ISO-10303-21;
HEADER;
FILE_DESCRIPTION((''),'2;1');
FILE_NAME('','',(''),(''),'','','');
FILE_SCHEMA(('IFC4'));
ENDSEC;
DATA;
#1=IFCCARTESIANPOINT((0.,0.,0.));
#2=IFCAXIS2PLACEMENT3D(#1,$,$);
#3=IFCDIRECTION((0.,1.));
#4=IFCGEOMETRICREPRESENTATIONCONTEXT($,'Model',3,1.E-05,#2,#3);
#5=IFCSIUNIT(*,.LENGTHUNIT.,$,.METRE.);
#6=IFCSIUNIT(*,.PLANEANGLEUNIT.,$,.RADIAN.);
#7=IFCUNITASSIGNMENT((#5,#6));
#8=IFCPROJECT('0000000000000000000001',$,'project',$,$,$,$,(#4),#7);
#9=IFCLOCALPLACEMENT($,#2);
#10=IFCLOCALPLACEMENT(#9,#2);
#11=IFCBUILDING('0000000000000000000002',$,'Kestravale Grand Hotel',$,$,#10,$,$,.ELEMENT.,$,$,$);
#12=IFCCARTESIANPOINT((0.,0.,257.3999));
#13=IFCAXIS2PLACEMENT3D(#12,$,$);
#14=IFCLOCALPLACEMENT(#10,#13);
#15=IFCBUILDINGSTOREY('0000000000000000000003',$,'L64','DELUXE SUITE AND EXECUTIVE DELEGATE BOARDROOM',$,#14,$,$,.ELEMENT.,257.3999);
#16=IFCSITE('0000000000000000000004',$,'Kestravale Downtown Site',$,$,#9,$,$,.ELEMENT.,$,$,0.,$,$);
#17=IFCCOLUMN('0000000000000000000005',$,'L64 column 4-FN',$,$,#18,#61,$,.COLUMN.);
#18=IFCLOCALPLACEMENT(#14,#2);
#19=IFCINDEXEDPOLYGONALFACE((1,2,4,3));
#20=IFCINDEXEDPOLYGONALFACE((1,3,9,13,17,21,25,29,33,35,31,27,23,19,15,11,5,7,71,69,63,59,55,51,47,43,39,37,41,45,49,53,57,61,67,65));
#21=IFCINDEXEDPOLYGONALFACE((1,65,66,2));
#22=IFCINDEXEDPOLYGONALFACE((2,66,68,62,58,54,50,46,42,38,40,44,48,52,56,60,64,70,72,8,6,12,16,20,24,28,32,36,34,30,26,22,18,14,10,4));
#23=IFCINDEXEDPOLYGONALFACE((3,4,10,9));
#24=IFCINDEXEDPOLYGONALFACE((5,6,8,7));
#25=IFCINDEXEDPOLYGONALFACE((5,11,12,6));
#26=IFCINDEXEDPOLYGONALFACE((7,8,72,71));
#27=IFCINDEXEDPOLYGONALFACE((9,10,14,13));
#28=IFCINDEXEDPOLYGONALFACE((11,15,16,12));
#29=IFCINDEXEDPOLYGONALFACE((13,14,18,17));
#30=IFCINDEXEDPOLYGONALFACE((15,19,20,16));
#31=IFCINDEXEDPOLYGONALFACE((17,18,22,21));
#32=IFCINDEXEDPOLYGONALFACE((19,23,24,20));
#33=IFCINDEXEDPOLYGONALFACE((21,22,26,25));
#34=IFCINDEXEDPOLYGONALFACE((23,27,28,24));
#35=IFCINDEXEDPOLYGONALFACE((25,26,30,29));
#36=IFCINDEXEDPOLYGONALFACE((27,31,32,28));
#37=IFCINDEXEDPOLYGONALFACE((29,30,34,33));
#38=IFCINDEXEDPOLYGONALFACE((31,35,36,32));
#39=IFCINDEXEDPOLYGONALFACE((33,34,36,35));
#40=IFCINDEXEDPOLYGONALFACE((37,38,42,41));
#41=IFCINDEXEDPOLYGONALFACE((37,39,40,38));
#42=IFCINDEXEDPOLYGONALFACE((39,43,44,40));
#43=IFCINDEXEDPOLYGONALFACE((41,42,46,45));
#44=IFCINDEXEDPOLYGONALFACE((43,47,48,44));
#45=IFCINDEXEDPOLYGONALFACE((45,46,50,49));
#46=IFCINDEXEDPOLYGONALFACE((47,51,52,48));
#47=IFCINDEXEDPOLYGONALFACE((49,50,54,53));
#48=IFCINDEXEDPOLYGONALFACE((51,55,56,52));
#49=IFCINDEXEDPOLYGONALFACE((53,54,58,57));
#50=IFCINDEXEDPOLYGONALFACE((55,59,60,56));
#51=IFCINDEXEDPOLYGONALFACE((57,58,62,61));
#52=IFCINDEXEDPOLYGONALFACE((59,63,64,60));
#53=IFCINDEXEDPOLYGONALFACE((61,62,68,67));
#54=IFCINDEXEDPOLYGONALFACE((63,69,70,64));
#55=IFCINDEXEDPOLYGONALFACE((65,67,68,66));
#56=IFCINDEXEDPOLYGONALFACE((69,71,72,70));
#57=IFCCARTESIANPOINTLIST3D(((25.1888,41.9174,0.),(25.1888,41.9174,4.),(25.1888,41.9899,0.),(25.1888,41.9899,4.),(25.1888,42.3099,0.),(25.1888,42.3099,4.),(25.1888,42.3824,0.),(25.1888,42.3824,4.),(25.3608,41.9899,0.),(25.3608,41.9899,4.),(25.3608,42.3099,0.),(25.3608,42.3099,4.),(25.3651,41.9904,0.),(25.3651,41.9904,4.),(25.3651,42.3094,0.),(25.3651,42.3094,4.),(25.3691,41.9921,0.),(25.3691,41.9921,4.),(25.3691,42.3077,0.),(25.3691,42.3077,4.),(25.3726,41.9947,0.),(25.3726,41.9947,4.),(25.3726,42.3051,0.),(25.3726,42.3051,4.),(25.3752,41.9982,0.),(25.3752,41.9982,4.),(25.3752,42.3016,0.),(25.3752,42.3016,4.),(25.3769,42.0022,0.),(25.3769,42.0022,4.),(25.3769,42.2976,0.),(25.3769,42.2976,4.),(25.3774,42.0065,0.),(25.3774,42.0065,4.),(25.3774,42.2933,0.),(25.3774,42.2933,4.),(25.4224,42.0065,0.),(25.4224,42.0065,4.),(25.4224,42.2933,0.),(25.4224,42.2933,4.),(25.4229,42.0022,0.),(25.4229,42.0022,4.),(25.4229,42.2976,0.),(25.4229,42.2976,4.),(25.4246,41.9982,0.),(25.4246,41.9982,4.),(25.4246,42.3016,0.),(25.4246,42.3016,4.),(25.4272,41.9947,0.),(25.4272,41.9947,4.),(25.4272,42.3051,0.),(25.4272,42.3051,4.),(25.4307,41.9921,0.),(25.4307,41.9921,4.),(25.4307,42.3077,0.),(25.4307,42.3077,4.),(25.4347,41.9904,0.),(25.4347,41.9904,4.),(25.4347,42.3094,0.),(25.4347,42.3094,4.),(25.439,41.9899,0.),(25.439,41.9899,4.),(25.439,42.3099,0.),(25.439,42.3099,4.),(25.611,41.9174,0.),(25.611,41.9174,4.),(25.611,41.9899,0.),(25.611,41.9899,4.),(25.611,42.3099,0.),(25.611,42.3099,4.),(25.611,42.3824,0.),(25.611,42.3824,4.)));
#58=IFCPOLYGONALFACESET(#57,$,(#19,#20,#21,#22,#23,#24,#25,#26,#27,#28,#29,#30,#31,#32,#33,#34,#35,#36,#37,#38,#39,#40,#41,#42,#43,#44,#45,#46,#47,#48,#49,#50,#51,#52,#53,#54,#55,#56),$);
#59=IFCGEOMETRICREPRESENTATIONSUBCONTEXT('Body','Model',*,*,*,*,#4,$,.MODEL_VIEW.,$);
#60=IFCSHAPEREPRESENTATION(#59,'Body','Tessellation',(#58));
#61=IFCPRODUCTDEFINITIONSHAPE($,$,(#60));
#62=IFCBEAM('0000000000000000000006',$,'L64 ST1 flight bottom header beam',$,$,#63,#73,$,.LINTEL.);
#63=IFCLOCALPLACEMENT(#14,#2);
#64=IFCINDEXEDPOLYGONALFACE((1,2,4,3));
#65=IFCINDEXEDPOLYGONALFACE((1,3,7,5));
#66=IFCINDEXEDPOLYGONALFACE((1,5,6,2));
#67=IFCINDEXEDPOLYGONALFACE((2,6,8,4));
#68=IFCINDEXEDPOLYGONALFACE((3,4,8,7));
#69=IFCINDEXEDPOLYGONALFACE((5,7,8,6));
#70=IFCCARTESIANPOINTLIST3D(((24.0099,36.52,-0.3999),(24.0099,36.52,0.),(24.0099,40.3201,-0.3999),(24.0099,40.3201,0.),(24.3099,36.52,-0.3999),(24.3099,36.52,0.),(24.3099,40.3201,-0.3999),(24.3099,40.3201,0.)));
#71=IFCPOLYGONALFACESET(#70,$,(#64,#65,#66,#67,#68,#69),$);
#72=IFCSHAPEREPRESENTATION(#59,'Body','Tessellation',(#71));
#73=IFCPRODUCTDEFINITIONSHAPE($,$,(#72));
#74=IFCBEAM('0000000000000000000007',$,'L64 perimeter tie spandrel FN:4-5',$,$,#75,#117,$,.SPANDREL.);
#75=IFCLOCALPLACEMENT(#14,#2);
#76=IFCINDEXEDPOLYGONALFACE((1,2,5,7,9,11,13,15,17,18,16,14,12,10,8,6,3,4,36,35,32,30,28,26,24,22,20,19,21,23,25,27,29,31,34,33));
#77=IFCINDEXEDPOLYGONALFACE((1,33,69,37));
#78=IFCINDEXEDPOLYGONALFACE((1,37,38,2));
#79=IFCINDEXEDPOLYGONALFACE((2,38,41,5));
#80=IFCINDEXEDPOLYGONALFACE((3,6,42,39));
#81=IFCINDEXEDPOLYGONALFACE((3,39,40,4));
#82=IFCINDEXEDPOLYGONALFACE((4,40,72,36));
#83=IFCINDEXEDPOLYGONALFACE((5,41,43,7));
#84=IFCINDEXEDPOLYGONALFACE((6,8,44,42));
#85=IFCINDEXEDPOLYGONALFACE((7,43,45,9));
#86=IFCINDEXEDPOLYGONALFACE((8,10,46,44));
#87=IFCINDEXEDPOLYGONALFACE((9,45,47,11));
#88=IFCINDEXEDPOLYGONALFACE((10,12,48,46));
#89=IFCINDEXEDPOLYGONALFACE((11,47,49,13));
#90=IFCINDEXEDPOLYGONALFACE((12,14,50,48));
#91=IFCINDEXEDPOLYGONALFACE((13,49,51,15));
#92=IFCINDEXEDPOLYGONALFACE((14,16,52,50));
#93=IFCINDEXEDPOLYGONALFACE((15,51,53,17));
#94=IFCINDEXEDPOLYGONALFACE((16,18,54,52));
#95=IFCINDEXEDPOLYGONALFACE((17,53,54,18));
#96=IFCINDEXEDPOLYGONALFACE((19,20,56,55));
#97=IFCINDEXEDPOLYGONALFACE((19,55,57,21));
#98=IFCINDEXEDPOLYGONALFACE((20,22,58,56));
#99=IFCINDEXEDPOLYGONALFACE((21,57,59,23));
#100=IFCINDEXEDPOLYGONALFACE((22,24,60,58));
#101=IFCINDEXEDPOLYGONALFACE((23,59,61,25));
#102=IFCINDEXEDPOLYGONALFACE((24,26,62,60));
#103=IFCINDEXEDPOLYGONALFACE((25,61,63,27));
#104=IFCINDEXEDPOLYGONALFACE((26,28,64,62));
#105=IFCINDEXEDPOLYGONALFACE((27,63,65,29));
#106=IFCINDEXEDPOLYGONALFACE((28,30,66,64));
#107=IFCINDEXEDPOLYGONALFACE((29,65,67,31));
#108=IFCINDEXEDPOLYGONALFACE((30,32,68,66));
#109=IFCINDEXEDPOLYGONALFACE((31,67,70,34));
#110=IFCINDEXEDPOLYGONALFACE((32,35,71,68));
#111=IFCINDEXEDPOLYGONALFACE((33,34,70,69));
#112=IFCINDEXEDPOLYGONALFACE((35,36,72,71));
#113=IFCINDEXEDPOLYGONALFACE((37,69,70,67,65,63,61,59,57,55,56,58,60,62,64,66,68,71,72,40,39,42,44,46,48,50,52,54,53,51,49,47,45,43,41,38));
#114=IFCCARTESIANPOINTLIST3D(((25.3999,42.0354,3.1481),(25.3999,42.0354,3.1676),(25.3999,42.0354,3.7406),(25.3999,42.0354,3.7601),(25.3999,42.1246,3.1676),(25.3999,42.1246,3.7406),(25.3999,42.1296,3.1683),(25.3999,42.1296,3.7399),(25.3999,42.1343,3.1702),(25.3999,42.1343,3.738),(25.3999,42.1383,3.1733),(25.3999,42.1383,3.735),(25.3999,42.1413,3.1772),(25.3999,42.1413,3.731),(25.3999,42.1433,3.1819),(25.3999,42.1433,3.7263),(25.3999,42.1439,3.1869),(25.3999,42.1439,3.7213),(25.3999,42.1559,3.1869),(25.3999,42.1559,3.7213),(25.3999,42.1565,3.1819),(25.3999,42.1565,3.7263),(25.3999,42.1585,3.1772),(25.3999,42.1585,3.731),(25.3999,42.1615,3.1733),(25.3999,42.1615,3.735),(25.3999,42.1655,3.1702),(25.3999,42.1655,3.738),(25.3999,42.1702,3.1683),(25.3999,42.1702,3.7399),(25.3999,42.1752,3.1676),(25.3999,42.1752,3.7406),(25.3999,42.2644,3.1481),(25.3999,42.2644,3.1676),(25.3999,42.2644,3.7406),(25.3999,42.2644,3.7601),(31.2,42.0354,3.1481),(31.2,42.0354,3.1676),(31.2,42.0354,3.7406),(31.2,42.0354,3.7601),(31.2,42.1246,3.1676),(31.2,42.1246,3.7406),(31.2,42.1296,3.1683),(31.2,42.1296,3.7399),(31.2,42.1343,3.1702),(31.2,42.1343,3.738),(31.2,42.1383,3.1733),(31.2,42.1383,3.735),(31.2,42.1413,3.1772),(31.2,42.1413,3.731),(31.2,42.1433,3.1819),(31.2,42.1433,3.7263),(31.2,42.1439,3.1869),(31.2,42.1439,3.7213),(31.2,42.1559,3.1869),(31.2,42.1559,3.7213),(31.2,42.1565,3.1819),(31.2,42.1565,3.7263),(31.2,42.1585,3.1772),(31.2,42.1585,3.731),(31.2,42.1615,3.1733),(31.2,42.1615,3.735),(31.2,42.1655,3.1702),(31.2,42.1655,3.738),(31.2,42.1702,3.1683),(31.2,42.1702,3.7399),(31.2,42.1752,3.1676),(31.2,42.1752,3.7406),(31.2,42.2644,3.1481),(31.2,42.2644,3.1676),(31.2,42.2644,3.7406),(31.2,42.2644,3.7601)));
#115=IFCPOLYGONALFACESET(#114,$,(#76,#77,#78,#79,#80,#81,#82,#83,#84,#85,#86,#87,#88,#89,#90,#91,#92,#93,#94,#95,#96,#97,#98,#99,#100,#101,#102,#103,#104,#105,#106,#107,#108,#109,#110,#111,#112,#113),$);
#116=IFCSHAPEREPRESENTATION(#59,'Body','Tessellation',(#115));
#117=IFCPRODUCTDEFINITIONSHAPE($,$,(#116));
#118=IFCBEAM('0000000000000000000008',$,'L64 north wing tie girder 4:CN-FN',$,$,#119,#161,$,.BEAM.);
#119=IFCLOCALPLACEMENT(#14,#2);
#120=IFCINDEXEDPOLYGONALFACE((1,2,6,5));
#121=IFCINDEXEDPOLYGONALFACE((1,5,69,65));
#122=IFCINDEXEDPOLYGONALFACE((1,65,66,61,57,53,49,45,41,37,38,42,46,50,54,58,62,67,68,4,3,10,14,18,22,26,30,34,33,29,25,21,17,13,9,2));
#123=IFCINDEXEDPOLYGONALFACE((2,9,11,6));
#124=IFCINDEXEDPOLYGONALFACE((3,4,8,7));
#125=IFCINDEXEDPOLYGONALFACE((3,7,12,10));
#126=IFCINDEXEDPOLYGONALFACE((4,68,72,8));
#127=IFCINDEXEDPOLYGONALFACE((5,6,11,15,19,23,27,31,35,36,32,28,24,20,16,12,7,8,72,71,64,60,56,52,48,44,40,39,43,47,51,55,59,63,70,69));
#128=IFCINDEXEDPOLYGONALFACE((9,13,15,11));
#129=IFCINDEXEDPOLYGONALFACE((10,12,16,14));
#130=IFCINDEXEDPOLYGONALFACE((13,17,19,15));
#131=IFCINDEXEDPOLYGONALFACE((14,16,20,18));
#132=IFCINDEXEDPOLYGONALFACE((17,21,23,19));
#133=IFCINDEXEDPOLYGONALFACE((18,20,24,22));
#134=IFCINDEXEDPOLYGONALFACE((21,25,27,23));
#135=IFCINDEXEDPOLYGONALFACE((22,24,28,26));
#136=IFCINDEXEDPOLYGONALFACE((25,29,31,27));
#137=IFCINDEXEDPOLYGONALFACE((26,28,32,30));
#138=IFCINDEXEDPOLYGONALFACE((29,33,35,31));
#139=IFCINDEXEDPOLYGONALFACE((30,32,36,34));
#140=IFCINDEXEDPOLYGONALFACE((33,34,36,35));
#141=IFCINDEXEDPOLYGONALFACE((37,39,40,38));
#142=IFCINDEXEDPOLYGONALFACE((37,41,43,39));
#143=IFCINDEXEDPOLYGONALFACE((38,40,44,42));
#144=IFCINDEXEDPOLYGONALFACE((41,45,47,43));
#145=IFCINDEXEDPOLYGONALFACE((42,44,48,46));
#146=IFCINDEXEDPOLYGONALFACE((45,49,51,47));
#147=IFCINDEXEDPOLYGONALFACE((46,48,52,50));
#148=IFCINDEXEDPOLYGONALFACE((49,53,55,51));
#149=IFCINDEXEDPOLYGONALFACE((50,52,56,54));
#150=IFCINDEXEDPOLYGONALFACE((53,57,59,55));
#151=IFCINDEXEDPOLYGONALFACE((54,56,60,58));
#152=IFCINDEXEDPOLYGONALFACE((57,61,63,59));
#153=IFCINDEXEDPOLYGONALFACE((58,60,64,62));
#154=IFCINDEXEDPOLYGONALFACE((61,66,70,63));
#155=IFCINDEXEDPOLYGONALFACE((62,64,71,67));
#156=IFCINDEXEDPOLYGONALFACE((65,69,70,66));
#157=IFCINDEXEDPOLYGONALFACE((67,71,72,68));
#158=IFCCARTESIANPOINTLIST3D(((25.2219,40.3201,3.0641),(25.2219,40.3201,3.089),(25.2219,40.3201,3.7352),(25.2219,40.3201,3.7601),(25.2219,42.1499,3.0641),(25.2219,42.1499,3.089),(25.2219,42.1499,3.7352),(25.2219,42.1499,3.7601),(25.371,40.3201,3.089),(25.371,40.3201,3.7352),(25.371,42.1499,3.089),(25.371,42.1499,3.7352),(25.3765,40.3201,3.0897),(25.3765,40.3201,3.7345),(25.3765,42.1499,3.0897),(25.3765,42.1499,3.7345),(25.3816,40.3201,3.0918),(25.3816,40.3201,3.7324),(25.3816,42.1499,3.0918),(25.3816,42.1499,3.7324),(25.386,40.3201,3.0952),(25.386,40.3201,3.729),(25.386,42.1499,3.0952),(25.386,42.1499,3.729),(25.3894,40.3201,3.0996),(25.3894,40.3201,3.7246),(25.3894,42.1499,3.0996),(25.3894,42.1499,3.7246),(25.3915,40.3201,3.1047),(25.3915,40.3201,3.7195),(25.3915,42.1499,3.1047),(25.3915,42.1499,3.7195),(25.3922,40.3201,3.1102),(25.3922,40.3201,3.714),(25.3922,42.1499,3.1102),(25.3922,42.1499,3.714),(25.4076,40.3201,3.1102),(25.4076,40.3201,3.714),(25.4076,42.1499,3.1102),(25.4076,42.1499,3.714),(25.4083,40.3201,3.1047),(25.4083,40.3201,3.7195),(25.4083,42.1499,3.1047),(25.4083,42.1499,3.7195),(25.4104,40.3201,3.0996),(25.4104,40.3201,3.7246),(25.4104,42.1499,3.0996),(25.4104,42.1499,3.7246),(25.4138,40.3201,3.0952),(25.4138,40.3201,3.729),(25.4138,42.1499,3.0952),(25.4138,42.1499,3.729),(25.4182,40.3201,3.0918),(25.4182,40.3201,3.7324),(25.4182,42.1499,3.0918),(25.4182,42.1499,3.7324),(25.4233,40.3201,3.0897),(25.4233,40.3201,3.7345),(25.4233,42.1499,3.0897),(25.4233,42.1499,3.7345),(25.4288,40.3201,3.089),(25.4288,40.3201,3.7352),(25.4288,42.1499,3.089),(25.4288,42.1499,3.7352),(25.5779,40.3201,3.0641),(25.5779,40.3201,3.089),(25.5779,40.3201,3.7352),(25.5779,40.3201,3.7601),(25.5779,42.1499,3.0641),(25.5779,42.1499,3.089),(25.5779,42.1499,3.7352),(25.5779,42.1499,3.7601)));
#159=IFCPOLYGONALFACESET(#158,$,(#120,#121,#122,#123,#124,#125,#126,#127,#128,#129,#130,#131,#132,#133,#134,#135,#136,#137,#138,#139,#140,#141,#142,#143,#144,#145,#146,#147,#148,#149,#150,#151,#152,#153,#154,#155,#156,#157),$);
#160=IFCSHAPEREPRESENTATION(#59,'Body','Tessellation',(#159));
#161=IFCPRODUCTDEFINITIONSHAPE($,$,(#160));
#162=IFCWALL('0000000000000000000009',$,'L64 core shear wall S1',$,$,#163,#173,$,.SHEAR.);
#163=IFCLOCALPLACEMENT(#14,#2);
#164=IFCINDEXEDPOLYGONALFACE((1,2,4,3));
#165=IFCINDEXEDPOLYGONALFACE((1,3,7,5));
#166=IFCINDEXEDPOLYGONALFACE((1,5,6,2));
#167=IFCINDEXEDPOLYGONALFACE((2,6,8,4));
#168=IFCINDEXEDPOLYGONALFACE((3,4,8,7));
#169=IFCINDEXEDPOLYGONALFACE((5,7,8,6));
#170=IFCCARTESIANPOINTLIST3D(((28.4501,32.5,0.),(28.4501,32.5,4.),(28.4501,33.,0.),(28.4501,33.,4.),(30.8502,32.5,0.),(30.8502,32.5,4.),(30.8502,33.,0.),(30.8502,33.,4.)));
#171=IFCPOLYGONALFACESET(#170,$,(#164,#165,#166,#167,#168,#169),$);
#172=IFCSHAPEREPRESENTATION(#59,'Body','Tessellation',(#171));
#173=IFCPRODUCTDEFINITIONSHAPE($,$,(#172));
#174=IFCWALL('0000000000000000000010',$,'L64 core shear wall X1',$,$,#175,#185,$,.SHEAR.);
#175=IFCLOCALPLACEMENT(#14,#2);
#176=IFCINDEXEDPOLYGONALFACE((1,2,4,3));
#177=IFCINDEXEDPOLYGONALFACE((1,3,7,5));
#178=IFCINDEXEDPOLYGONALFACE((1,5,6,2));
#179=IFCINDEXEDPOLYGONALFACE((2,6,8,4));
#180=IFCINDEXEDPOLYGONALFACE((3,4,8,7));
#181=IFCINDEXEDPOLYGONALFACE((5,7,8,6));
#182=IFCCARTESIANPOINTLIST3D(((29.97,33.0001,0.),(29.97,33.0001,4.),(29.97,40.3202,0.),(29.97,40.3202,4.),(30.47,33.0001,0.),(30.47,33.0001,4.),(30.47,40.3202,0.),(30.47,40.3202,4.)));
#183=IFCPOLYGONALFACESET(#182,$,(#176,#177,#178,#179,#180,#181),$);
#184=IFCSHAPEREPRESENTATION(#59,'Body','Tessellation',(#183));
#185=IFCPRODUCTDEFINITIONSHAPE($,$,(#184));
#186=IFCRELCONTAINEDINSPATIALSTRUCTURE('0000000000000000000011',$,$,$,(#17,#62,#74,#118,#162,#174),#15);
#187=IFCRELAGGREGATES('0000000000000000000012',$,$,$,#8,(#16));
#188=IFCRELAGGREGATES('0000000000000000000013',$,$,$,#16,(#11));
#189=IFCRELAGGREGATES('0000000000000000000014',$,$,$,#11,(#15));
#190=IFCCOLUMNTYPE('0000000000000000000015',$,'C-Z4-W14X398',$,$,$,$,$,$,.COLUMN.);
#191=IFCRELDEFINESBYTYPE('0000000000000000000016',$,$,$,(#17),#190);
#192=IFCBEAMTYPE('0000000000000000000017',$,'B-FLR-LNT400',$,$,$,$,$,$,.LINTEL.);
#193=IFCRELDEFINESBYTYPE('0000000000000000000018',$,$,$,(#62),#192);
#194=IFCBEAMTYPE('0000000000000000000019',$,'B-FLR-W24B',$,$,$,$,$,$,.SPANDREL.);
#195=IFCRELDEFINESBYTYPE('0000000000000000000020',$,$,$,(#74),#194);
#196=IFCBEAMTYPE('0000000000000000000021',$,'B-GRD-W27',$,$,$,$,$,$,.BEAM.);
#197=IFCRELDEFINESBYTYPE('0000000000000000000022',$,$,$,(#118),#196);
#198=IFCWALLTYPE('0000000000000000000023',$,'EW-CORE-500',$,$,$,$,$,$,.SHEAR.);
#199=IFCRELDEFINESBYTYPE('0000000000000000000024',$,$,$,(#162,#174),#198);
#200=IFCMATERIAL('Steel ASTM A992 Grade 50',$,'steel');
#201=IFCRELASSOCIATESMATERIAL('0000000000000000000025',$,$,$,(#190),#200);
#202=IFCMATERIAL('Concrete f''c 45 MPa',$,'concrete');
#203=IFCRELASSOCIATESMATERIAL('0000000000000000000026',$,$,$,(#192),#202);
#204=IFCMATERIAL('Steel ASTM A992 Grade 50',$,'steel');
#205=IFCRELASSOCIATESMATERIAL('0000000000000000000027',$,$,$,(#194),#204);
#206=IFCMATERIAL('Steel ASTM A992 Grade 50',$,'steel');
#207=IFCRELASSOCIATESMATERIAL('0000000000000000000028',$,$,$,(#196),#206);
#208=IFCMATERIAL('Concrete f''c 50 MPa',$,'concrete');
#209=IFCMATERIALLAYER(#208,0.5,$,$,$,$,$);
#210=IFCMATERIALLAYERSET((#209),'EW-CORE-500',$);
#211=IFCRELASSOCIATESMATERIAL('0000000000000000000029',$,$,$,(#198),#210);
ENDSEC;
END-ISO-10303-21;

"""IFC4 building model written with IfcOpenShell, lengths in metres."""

from ifc_helpers import new_model, si_unit, direction, frame, frame_2d, origin, origin_2d, place, context, subcontext, project, spatial, rectangle, i_section, extrude, material, layer, layer_set, material_profile, profile_set, type_object, element, save


model = new_model("IFC4")

# Units and contexts
model_context = context("Model", 3, precision=1e-05, world=origin(), true_north=direction((0.0, 1.0)))
body_context = subcontext(model_context, "Body", "Model", "MODEL_VIEW")
ifc_project = project(units=[si_unit("LENGTHUNIT", "METRE"), si_unit("PLANEANGLEUNIT", "RADIAN")], contexts=[model_context])

# Site, building, storey
site_placement = place(None, origin())
site = spatial("IfcSite", under=ifc_project, at=site_placement, Name="Kestravale Downtown Site", CompositionType="ELEMENT", RefElevation=0.0)
building_placement = place(site_placement, origin())
building = spatial("IfcBuilding", under=site, at=building_placement, Name="Kestravale Grand Hotel", CompositionType="ELEMENT")
storey_placement = place(building_placement, frame((0.0, 0.0, 257.3999)))
storey = spatial("IfcBuildingStorey", under=building, at=storey_placement, Name="L64", Description="DELUXE SUITE AND EXECUTIVE DELEGATE BOARDROOM", CompositionType="ELEMENT", Elevation=257.3999)

# Column
ifc_material_1 = material(Name="Steel ASTM A992 Grade 50", Category="steel")
ifc_material_profile_1 = material_profile(ifc_material_1, i_section(OverallWidth=0.4221, OverallDepth=0.4651, WebThickness=0.0449, FlangeThickness=0.0725, FilletRadius=0.0166, at=origin_2d()))
ifc_profile_set_1 = profile_set([ifc_material_profile_1], Name="Steel ASTM A992 Grade 50")
column_type = type_object("IfcColumnType", Name="C-Z4-W14X398", PredefinedType="COLUMN", material=ifc_profile_set_1)
column_placement = place(storey_placement, frame((25.3999, 42.1499, 0.0), z_axis=(0.0, 0.0, 1.0), x_axis=(1.0, 0.0, 0.0)))
element("IfcColumn", 1, at=column_placement, inside=storey, type_object=column_type, Name="L64 column 4-FN", PredefinedType="COLUMN", context=body_context, shape_type="SweptSolid", body=[
    extrude(i_section(OverallWidth=0.4221, OverallDepth=0.4651, WebThickness=0.0449, FlangeThickness=0.0725, FilletRadius=0.0166, at=origin_2d()), origin(), (0.0, 0.0, 1.0), 4.0),
])

# Beams
ifc_material_2 = material(Name="Concrete f'c 45 MPa", Category="concrete")
ifc_material_profile_2 = material_profile(ifc_material_2, rectangle(XDim=0.3, YDim=0.3999, at=origin_2d()))
ifc_profile_set_2 = profile_set([ifc_material_profile_2], Name="Concrete f'c 45 MPa")
beam_type_1 = type_object("IfcBeamType", Name="B-FLR-LNT400", PredefinedType="LINTEL", material=ifc_profile_set_2)
beam_1_placement = place(storey_placement, frame((24.1599, 36.52, -0.2), z_axis=(0.0, 1.0, 0.0), x_axis=(-1.0, 0.0, 0.0)))
element("IfcBeam", 2, at=beam_1_placement, inside=storey, type_object=beam_type_1, Name="L64 ST1 flight bottom header beam", PredefinedType="LINTEL", context=body_context, shape_type="SweptSolid", body=[
    extrude(rectangle(XDim=0.3, YDim=0.3999, at=origin_2d()), origin(), (0.0, 0.0, 1.0), 3.8),
])
ifc_material_3 = material(Name="Steel ASTM A992 Grade 50", Category="steel")
ifc_material_profile_3 = material_profile(ifc_material_3, i_section(OverallWidth=0.229, OverallDepth=0.6121, WebThickness=0.012, FlangeThickness=0.0195, FilletRadius=0.0193, at=origin_2d()))
ifc_profile_set_3 = profile_set([ifc_material_profile_3], Name="Steel ASTM A992 Grade 50")
beam_type_2 = type_object("IfcBeamType", Name="B-FLR-W24B", PredefinedType="SPANDREL", material=ifc_profile_set_3)
beam_2_placement = place(storey_placement, frame((25.3999, 42.1499, 3.4541), z_axis=(1.0, 0.0, 0.0), x_axis=(0.0, 1.0, 0.0)))
element("IfcBeam", 3, at=beam_2_placement, inside=storey, type_object=beam_type_2, Name="L64 perimeter tie spandrel FN:4-5", PredefinedType="SPANDREL", context=body_context, shape_type="SweptSolid", body=[
    extrude(i_section(OverallWidth=0.229, OverallDepth=0.6121, WebThickness=0.012, FlangeThickness=0.0195, FilletRadius=0.0193, at=origin_2d()), origin(), (0.0, 0.0, 1.0), 5.8),
])
ifc_material_4 = material(Name="Steel ASTM A992 Grade 50", Category="steel")
ifc_material_profile_4 = material_profile(ifc_material_4, i_section(OverallWidth=0.356, OverallDepth=0.696, WebThickness=0.0154, FlangeThickness=0.0249, FilletRadius=0.0212, at=origin_2d()))
ifc_profile_set_4 = profile_set([ifc_material_profile_4], Name="Steel ASTM A992 Grade 50")
beam_type_3 = type_object("IfcBeamType", Name="B-GRD-W27", PredefinedType="BEAM", material=ifc_profile_set_4)
beam_3_placement = place(storey_placement, frame((25.3999, 40.3201, 3.4121), z_axis=(0.0, 1.0, 0.0), x_axis=(-1.0, 0.0, 0.0)))
element("IfcBeam", 4, at=beam_3_placement, inside=storey, type_object=beam_type_3, Name="L64 north wing tie girder 4:CN-FN", PredefinedType="BEAM", context=body_context, shape_type="SweptSolid", body=[
    extrude(i_section(OverallWidth=0.356, OverallDepth=0.696, WebThickness=0.0154, FlangeThickness=0.0249, FilletRadius=0.0212, at=origin_2d()), origin(), (0.0, 0.0, 1.0), 1.8298),
])

# Walls
ifc_material_5 = material(Name="Concrete f'c 50 MPa", Category="concrete")
ifc_layer_1 = layer(ifc_material_5, 0.5)
ifc_layer_set_1 = layer_set([ifc_layer_1], Name="EW-CORE-500")
wall_type_1 = type_object("IfcWallType", Name="EW-CORE-500", PredefinedType="SHEAR", material=ifc_layer_set_1)
wall_1_placement = place(storey_placement, frame((28.45, 32.75, 0.0), z_axis=(0.0, 0.0, 1.0), x_axis=(1.0, 0.0, 0.0)))
element("IfcWall", 5, at=wall_1_placement, inside=storey, type_object=wall_type_1, Name="L64 core shear wall S1", PredefinedType="SHEAR", context=body_context, shape_type="SweptSolid", body=[
    extrude(rectangle(XDim=2.4001, YDim=0.5, at=frame_2d((1.2002, 0.0))), origin(), (0.0, 0.0, 1.0), 4.0),
])
wall_2_placement = place(storey_placement, frame((30.22, 33.0, 0.0), z_axis=(0.0, 0.0, 1.0), x_axis=(0.0, 1.0, 0.0)))
element("IfcWall", 6, at=wall_2_placement, inside=storey, type_object=wall_type_1, Name="L64 core shear wall X1", PredefinedType="SHEAR", context=body_context, shape_type="SweptSolid", body=[
    extrude(rectangle(XDim=7.3201, YDim=0.5, at=frame_2d((3.6602, 0.0))), origin(), (0.0, 0.0, 1.0), 4.0),
])

save(model, "model.ifc")
